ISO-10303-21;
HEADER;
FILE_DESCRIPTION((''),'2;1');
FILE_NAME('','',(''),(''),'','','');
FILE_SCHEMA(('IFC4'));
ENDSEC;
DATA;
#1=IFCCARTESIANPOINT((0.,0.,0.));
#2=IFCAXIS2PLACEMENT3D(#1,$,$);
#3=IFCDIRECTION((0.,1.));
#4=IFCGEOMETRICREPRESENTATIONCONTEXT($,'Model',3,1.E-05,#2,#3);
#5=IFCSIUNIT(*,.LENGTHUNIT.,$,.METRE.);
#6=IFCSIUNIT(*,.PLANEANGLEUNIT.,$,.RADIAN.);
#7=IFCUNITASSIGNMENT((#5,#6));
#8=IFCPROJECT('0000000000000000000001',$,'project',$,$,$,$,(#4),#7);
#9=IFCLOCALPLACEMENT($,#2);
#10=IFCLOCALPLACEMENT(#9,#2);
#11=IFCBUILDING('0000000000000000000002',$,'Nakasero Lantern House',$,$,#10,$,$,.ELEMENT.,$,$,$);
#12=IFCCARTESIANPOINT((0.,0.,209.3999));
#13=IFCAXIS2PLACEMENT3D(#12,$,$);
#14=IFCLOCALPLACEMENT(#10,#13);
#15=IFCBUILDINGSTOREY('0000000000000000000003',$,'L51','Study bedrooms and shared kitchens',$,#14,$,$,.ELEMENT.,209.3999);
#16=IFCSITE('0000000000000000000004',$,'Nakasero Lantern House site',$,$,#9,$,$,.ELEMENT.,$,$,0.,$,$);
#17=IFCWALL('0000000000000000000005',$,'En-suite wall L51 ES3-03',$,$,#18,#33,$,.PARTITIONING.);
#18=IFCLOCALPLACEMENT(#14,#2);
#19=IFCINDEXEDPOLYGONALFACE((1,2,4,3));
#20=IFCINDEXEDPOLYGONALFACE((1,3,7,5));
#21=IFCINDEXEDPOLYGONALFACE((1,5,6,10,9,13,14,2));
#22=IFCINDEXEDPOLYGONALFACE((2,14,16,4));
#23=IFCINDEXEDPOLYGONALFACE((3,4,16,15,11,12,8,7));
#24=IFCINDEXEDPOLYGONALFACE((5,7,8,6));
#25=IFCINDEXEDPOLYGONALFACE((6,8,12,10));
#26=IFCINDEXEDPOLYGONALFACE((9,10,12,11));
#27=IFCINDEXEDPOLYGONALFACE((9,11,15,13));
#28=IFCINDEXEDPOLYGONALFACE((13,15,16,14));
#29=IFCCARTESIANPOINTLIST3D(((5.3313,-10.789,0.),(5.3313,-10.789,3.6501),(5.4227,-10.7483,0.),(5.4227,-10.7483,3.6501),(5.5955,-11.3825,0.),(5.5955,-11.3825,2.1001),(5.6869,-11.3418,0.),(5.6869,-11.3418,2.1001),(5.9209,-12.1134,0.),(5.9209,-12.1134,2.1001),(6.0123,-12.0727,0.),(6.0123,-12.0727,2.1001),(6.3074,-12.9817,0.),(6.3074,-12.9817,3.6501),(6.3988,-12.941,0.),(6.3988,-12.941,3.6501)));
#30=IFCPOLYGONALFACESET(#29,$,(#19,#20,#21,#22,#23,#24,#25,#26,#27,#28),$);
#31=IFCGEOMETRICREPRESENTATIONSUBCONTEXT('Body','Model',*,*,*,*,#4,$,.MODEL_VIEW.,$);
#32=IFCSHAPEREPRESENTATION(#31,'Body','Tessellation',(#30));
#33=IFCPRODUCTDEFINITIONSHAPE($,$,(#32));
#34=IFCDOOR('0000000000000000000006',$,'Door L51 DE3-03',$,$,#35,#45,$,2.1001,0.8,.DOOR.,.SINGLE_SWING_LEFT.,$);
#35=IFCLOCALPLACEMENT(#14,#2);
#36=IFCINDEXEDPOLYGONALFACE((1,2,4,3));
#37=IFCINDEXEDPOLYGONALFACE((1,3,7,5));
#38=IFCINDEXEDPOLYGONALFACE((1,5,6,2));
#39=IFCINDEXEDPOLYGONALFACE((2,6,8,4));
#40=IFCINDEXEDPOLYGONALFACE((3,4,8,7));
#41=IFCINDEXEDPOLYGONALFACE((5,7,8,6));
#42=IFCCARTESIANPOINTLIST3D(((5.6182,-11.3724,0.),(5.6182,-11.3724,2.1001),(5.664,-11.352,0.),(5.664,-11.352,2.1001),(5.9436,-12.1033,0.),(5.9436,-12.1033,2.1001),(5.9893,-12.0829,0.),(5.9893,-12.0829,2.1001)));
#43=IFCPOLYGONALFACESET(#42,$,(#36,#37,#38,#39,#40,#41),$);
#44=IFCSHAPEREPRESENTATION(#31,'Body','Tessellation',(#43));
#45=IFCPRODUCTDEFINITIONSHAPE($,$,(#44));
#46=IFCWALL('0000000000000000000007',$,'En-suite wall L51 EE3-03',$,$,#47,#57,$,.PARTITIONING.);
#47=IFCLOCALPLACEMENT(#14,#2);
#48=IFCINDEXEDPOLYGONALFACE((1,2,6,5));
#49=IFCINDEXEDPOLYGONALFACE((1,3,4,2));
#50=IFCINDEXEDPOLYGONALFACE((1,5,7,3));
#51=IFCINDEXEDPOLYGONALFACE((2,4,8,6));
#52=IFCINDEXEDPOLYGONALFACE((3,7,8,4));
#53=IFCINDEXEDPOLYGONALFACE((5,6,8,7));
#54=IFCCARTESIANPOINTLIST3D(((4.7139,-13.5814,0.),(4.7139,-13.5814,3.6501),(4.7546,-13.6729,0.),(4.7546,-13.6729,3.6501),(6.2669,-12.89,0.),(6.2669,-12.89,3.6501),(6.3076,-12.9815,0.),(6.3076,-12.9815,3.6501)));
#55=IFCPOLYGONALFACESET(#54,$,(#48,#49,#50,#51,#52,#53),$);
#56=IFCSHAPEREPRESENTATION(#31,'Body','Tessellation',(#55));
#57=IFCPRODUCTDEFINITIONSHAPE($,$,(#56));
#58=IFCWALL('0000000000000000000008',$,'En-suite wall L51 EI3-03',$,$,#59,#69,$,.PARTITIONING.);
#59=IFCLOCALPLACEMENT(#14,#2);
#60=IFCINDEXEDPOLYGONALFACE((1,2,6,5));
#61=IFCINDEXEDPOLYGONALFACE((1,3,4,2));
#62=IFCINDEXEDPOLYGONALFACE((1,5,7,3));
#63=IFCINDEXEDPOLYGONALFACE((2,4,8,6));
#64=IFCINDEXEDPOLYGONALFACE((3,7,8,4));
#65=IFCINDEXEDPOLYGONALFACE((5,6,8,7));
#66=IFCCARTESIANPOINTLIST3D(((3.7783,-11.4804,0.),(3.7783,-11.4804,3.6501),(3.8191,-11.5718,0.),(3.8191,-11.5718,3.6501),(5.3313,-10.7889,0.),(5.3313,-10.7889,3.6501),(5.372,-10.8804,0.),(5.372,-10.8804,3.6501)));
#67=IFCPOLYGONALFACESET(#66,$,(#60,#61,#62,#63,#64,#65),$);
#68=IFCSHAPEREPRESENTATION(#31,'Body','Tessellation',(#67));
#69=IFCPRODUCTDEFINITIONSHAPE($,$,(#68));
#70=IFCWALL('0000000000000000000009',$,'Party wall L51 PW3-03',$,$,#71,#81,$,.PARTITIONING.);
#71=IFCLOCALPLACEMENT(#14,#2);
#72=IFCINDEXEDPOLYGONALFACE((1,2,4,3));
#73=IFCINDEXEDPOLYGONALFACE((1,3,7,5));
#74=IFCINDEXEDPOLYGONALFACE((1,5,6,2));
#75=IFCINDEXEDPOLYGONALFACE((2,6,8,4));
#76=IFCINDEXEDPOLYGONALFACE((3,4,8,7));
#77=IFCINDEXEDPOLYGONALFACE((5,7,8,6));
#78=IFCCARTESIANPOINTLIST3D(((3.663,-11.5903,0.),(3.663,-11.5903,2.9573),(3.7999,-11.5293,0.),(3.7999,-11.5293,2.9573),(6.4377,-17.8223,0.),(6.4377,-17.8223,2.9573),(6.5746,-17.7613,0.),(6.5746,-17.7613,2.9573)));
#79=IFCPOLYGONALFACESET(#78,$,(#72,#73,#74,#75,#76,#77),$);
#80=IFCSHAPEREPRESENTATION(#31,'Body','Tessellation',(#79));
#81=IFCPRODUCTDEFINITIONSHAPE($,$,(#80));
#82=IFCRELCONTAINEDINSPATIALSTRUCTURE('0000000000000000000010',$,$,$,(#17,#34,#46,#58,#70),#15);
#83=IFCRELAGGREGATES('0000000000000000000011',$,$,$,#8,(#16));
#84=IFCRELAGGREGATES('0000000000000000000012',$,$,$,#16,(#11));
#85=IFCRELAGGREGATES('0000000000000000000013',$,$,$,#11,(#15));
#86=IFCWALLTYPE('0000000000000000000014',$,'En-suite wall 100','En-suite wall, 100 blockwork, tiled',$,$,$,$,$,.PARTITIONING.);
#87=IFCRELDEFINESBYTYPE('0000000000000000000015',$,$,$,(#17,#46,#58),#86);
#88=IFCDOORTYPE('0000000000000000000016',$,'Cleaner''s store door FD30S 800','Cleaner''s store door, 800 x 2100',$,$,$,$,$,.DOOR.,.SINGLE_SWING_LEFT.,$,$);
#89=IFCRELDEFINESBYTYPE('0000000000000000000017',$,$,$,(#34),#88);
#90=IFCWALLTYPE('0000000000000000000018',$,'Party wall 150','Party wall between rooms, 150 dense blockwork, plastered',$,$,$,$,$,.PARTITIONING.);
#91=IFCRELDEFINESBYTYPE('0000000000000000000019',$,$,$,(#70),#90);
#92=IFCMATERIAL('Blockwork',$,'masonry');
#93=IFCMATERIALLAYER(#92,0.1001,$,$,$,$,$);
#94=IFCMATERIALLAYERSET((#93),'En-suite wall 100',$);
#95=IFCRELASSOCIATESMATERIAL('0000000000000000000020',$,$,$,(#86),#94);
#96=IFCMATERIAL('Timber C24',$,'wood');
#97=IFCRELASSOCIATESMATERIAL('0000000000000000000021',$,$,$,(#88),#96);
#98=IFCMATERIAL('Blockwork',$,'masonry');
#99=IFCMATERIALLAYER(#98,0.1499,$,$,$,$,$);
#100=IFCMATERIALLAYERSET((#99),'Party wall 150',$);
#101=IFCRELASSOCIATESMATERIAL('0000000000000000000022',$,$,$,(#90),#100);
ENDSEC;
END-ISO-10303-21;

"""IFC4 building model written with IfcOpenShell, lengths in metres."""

from ifc_helpers import new_model, si_unit, direction, frame, frame_2d, origin, place, context, subcontext, project, spatial, rectangle, extrude, material, layer, layer_set, type_object, element, fill, save


model = new_model("IFC4")

# Units and contexts
model_context = context("Model", 3, precision=1e-05, world=origin(), true_north=direction((0.0, 1.0)))
body_context = subcontext(model_context, "Body", "Model", "MODEL_VIEW")
ifc_project = project(units=[si_unit("LENGTHUNIT", "METRE"), si_unit("PLANEANGLEUNIT", "RADIAN")], contexts=[model_context])

# Site, building, storey
site_placement = place(None, origin())
site = spatial("IfcSite", under=ifc_project, at=site_placement, Name="Nakasero Lantern House site", CompositionType="ELEMENT", RefElevation=0.0)
building_placement = place(site_placement, origin())
building = spatial("IfcBuilding", under=site, at=building_placement, Name="Nakasero Lantern House", CompositionType="ELEMENT")
storey_placement = place(building_placement, frame((0.0, 0.0, 209.3999)))
storey = spatial("IfcBuildingStorey", under=building, at=storey_placement, Name="L51", Description="Study bedrooms and shared kitchens", CompositionType="ELEMENT", Elevation=209.3999)

# Wall, opening, door
ifc_material_1 = material(Name="Blockwork", Category="masonry")
ifc_layer_1 = layer(ifc_material_1, 0.1001)
ifc_layer_set_1 = layer_set([ifc_layer_1], Name="En-suite wall 100")
wall_type_1 = type_object("IfcWallType", Name="En-suite wall 100", Description="En-suite wall, 100 blockwork, tiled", PredefinedType="PARTITIONING", material=ifc_layer_set_1)
wall_1_placement = place(storey_placement, frame((5.377, -10.7686, 0.0), z_axis=(0.0, 0.0, 1.0), x_axis=(0.406686, -0.913568, 0.0)))
wall_1 = element("IfcWall", 1, at=wall_1_placement, inside=storey, type_object=wall_type_1, Name="En-suite wall L51 ES3-03", PredefinedType="PARTITIONING", context=body_context, shape_type="SweptSolid", body=[
    extrude(rectangle(XDim=2.4001, YDim=0.1001, at=frame_2d((1.2002, 0.0))), origin(), (0.0, 0.0, 1.0), 3.6501),
])
opening_1_placement = place(wall_1_placement, frame((0.6499, 0.0, 0.0)))
opening_1 = element("IfcOpeningElement", 2, at=opening_1_placement, cuts=wall_1, PredefinedType="OPENING", context=body_context, shape_type="SweptSolid", body=[
    extrude(rectangle(XDim=0.8, YDim=2.1001, at=frame_2d((0.3999, 1.05))), frame((0.0, 0.0701, 0.0), z_axis=(0.0, -1.0, 0.0), x_axis=(1.0, 0.0, 0.0)), (0.0, 0.0, 1.0), 0.1401),
])
ifc_material_2 = material(Name="Timber C24", Category="wood")
door_type_1 = type_object("IfcDoorType", Name="Cleaner's store door FD30S 800", Description="Cleaner's store door, 800 x 2100", OperationType="SINGLE_SWING_LEFT", PredefinedType="DOOR", material=ifc_material_2)
door_1_placement = place(opening_1_placement, origin())
door_1 = element("IfcDoor", 3, at=door_1_placement, inside=storey, type_object=door_type_1, Name="Door L51 DE3-03", OperationType="SINGLE_SWING_LEFT", OverallHeight=2.1001, OverallWidth=0.8, PredefinedType="DOOR", context=body_context, shape_type="SweptSolid", body=[
    extrude(rectangle(XDim=0.8, YDim=2.1001, at=frame_2d((0.3999, 1.05))), frame((0.0, 0.0249, 0.0), z_axis=(0.0, -1.0, 0.0), x_axis=(1.0, 0.0, 0.0)), (0.0, 0.0, 1.0), 0.05),
])
fill(opening_1, door_1)

# Walls
for number, where, z_axis, x_axis, name in (
    (4, (4.7341, -13.6272, 0.0), (0.0, 0.0, 1.0), (0.913551, 0.406725, 0.0), "En-suite wall L51 EE3-03"),
    (5, (3.7986, -11.5261, 0.0), (0.0, 0.0, 1.0), (0.913551, 0.406725, 0.0), "En-suite wall L51 EI3-03"),
):
    element("IfcWall", number, at=place(storey_placement, frame(where, z_axis=z_axis, x_axis=x_axis)), inside=storey, type_object=wall_type_1, Name=name, PredefinedType="PARTITIONING", context=body_context, shape_type="SweptSolid", body=[
        extrude(rectangle(XDim=1.7, YDim=0.1001, at=frame_2d((0.8501, 0.0))), origin(), (0.0, 0.0, 1.0), 3.6501),
    ])
ifc_material_3 = material(Name="Blockwork", Category="masonry")
ifc_layer_2 = layer(ifc_material_3, 0.1499)
ifc_layer_set_2 = layer_set([ifc_layer_2], Name="Party wall 150")
wall_type_2 = type_object("IfcWallType", Name="Party wall 150", Description="Party wall between rooms, 150 dense blockwork, plastered", PredefinedType="PARTITIONING", material=ifc_layer_set_2)
wall_2_placement = place(storey_placement, frame((3.7314, -11.5598, 0.0), z_axis=(0.0, 0.0, 1.0), x_axis=(0.406739, -0.913544, 0.0)))
element("IfcWall", 6, at=wall_2_placement, inside=storey, type_object=wall_type_2, Name="Party wall L51 PW3-03", PredefinedType="PARTITIONING", context=body_context, shape_type="SweptSolid", body=[
    extrude(rectangle(XDim=6.8218, YDim=0.1499, at=frame_2d((3.4109, 0.0))), origin(), (0.0, 0.0, 1.0), 2.9573),
])

save(model, "model.ifc")
